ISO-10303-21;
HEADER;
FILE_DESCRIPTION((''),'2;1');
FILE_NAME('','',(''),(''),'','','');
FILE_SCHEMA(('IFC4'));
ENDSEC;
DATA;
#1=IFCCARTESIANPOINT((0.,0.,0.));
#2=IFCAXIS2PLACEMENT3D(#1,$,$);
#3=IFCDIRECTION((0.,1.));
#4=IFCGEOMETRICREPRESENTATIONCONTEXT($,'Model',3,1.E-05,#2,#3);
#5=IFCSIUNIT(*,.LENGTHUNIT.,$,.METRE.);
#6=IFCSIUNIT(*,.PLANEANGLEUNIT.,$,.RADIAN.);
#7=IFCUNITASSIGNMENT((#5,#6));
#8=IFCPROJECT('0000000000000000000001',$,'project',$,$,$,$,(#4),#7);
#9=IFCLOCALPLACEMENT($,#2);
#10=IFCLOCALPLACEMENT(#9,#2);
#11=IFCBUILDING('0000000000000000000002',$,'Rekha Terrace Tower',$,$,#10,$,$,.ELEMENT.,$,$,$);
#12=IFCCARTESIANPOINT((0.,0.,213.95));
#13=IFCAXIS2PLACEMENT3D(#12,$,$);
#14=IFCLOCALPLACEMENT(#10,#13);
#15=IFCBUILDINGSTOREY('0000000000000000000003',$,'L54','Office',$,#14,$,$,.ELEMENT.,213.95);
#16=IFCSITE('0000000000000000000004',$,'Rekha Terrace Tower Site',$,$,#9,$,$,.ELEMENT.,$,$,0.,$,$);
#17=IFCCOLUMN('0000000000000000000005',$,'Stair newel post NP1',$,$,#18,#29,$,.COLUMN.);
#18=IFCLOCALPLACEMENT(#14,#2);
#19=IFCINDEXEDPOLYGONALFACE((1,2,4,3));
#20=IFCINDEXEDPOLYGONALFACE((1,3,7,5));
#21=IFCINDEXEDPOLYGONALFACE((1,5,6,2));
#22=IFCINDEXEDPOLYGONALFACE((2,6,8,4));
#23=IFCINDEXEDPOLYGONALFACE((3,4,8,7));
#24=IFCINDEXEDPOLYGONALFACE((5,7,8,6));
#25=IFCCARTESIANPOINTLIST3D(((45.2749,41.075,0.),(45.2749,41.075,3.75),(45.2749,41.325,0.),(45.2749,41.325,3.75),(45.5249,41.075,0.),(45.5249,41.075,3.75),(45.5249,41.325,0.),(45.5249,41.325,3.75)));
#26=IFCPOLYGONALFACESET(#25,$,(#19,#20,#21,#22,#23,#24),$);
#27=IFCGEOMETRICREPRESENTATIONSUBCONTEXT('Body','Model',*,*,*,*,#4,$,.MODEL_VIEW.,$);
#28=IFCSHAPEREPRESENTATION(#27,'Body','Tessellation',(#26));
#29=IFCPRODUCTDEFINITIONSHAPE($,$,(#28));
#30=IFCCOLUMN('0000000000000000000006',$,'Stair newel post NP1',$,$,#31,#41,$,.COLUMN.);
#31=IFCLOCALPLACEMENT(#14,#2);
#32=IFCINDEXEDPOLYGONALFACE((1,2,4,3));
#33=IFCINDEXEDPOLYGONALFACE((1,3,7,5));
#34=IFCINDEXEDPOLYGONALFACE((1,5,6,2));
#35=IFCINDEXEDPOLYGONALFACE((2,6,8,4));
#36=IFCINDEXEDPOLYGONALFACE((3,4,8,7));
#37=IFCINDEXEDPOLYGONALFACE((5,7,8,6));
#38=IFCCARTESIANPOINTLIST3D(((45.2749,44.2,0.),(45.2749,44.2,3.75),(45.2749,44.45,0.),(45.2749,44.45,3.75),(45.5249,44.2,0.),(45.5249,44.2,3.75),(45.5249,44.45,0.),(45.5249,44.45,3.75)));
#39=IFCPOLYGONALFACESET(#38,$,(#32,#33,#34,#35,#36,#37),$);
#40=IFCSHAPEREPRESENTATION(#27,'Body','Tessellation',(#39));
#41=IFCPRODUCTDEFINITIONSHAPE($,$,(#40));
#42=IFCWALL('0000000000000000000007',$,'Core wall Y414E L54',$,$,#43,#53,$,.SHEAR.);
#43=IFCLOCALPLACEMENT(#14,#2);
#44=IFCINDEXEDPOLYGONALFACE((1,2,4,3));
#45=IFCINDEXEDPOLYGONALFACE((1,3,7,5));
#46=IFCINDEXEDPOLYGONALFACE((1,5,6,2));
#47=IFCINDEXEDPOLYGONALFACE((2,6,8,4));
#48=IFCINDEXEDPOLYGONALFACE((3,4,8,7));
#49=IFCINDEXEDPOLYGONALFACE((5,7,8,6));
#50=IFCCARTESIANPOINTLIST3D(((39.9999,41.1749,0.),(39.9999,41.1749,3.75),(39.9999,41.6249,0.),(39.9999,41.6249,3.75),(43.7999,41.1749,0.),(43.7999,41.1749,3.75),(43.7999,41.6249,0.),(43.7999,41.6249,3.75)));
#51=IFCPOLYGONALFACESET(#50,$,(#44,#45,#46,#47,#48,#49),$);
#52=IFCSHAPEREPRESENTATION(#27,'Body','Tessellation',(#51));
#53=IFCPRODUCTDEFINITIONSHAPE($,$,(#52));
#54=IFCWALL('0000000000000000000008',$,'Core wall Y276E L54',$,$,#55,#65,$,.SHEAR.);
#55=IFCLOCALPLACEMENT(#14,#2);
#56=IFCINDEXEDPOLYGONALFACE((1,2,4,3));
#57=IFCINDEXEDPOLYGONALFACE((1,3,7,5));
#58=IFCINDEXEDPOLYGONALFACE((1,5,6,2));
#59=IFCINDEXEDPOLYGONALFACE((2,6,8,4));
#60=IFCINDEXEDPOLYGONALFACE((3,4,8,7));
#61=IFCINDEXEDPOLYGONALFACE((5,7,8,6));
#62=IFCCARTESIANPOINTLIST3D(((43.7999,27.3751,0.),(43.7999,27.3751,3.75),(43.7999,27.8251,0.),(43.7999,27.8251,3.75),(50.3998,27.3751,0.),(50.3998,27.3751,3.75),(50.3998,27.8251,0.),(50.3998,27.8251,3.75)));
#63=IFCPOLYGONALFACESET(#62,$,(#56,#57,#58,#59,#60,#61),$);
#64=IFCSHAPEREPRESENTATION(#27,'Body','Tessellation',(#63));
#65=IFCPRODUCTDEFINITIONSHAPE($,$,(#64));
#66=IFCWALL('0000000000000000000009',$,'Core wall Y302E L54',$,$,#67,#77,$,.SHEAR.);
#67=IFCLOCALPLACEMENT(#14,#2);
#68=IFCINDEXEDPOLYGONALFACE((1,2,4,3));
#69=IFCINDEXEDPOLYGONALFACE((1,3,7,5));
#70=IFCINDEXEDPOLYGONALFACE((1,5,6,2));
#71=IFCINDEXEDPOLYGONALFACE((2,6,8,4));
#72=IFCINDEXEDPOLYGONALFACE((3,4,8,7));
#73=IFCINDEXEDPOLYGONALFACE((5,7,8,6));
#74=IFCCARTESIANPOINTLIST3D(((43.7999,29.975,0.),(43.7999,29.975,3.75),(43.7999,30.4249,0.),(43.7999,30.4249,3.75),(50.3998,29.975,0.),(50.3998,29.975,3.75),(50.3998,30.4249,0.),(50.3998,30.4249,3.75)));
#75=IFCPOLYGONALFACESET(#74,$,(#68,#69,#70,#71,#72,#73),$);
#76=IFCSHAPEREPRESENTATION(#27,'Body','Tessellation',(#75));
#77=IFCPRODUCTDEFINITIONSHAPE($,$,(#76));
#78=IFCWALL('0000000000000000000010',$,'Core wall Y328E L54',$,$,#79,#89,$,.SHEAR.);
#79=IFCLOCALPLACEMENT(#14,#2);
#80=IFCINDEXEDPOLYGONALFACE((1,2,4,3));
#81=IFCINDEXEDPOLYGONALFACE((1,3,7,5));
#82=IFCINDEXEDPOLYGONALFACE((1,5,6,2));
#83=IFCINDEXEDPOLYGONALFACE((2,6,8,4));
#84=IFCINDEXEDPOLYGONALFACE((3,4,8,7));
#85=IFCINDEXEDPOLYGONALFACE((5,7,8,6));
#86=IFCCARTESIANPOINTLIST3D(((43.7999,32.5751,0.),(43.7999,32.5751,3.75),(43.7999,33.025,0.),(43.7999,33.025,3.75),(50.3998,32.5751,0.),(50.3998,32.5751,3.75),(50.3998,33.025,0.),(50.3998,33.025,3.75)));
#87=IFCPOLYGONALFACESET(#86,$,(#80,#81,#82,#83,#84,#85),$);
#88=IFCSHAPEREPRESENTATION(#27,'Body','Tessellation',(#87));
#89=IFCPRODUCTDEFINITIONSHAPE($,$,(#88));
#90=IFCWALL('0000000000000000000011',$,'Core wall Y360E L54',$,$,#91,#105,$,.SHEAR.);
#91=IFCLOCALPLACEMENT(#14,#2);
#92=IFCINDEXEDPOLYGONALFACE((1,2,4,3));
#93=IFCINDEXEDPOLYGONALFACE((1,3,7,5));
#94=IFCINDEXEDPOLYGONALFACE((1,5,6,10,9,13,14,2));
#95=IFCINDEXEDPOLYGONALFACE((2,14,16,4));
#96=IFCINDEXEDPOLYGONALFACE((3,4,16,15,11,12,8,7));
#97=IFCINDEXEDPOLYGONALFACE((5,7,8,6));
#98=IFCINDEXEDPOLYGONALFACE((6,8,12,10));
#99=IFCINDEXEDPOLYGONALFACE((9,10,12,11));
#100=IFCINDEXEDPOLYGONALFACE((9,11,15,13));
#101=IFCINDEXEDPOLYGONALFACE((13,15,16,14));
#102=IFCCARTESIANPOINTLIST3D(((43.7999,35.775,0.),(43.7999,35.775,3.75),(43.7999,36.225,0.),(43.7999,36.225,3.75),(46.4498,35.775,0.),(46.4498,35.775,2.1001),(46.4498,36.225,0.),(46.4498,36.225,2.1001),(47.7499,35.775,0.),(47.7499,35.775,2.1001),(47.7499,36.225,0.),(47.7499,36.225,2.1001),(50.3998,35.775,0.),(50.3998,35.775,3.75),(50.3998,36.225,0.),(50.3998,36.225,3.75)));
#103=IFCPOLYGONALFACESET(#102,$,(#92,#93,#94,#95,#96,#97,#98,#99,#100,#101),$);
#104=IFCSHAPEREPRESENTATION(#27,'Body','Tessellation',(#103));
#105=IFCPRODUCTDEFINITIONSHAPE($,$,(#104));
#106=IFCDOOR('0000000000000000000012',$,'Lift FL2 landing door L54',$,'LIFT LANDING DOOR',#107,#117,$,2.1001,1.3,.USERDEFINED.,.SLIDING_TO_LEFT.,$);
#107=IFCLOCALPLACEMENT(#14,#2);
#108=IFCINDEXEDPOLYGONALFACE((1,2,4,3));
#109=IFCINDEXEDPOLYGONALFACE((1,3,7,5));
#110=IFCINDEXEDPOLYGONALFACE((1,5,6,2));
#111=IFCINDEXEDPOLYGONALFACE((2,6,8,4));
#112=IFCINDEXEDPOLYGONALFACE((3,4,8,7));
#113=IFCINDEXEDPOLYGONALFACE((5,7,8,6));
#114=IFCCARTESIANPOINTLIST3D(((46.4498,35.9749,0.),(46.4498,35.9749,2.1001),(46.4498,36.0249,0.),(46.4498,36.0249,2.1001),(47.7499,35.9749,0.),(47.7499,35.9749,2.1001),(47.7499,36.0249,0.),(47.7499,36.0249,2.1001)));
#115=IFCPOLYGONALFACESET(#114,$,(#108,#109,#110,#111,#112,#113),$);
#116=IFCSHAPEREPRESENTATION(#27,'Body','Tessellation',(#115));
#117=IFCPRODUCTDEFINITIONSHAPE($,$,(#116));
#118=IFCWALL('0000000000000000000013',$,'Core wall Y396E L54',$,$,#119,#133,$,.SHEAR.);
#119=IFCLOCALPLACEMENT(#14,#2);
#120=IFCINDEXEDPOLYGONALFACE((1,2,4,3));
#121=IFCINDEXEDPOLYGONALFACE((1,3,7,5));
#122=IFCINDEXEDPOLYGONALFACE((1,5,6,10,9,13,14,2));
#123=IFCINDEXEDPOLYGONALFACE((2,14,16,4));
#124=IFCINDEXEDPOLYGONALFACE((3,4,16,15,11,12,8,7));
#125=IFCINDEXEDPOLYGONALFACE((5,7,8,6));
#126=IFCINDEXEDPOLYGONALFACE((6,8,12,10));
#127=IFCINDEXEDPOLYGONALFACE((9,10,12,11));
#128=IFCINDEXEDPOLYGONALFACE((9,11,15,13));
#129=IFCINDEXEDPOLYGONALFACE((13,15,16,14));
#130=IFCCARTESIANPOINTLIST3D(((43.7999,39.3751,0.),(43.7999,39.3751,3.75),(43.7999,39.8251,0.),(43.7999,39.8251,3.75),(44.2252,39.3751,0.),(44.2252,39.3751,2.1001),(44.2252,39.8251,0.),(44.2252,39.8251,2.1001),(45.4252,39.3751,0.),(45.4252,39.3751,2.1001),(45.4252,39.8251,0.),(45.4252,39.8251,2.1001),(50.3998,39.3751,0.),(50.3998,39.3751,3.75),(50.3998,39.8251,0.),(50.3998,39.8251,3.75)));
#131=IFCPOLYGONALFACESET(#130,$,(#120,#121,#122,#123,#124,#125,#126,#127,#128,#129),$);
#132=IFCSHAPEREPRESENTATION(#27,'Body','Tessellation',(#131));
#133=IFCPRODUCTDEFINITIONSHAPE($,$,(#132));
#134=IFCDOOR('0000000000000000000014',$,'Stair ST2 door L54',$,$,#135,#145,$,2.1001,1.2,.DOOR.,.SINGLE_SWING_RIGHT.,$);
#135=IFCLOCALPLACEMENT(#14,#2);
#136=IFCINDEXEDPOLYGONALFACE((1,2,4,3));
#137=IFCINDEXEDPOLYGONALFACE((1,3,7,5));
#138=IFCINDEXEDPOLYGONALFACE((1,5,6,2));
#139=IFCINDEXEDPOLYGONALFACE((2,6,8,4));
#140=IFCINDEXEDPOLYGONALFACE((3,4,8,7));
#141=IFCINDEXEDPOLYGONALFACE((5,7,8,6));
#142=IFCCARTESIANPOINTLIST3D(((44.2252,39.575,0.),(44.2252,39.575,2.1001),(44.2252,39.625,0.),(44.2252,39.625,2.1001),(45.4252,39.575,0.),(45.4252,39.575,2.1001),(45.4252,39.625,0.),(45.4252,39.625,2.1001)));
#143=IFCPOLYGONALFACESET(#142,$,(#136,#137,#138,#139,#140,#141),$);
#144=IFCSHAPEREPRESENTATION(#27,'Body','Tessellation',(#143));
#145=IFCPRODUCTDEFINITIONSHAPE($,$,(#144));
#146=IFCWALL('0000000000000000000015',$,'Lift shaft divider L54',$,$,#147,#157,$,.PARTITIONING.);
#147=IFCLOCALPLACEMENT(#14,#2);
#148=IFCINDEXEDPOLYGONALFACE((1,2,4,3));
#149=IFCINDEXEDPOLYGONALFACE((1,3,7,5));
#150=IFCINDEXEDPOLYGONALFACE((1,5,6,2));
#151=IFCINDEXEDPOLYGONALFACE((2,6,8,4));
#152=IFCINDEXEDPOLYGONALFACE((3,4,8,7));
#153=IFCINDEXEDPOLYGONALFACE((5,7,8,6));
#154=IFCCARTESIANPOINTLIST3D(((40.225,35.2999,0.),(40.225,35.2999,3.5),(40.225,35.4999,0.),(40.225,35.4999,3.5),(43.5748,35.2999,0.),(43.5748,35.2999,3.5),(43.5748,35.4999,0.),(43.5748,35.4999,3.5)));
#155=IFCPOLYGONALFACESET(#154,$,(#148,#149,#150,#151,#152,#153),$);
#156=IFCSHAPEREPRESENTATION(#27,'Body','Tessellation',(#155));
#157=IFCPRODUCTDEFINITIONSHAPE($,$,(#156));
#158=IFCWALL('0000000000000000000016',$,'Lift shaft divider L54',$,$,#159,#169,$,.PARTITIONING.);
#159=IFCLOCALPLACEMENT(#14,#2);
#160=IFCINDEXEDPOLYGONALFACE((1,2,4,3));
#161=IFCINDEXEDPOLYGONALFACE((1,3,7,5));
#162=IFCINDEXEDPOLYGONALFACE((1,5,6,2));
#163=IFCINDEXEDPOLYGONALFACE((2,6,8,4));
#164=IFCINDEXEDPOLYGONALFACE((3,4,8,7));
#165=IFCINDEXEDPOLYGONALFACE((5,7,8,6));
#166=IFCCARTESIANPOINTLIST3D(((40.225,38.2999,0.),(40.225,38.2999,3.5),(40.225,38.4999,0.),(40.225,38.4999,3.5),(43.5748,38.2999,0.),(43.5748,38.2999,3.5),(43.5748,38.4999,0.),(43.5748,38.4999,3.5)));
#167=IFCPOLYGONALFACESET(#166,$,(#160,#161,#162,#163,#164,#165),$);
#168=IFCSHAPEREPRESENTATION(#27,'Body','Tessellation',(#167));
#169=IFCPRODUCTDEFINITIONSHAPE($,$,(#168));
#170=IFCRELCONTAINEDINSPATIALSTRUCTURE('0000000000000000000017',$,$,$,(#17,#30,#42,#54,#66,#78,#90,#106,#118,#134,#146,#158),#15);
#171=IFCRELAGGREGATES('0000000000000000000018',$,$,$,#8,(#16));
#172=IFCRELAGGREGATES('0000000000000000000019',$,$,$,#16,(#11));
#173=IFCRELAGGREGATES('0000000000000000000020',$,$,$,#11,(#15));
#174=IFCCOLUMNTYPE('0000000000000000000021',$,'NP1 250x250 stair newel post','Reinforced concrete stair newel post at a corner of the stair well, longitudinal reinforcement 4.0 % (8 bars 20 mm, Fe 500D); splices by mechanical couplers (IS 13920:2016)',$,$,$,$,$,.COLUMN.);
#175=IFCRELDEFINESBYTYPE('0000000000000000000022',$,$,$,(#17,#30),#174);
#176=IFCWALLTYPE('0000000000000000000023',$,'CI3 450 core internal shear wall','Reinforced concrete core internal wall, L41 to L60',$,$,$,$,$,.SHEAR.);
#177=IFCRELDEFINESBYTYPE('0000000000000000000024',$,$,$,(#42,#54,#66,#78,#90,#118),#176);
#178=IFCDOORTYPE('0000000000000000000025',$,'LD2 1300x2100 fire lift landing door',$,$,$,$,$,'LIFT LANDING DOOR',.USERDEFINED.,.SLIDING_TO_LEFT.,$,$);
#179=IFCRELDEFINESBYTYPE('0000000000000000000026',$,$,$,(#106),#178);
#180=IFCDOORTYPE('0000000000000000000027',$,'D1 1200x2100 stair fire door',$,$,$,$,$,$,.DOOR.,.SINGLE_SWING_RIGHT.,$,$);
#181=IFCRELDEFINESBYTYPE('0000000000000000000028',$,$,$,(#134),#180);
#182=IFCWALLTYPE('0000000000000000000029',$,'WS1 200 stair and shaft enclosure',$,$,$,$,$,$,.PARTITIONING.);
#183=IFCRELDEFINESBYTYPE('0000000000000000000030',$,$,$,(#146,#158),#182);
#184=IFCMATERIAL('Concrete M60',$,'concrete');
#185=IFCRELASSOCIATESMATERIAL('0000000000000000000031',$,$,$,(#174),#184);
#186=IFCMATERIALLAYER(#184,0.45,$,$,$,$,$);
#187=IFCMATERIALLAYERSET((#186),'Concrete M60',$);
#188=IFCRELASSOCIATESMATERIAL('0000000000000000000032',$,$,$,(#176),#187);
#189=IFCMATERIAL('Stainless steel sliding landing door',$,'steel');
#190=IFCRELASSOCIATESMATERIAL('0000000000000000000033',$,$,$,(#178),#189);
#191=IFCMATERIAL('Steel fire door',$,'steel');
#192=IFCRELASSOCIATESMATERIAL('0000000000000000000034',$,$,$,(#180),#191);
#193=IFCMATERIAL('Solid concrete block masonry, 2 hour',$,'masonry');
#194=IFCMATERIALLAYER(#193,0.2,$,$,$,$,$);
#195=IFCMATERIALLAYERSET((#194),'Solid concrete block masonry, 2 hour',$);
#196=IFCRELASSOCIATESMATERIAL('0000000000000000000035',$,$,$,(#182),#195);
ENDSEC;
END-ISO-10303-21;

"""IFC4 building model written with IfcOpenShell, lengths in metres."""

from ifc_helpers import new_model, si_unit, direction, frame, frame_2d, origin, origin_2d, place, context, subcontext, project, spatial, rectangle, extrude, material, layer, layer_set, material_profile, profile_set, type_object, element, fill, save


model = new_model("IFC4")

# Units and contexts
model_context = context("Model", 3, precision=1e-05, world=origin(), true_north=direction((0.0, 1.0)))
body_context = subcontext(model_context, "Body", "Model", "MODEL_VIEW")
ifc_project = project(units=[si_unit("LENGTHUNIT", "METRE"), si_unit("PLANEANGLEUNIT", "RADIAN")], contexts=[model_context])

# Site, building, storey
site_placement = place(None, origin())
site = spatial("IfcSite", under=ifc_project, at=site_placement, Name="Rekha Terrace Tower Site", CompositionType="ELEMENT", RefElevation=0.0)
building_placement = place(site_placement, origin())
building = spatial("IfcBuilding", under=site, at=building_placement, Name="Rekha Terrace Tower", CompositionType="ELEMENT")
storey_placement = place(building_placement, frame((0.0, 0.0, 213.95)))
storey = spatial("IfcBuildingStorey", under=building, at=storey_placement, Name="L54", Description="Office", CompositionType="ELEMENT", Elevation=213.95)

# Columns
ifc_material_1 = material(Name="Concrete M60", Category="concrete")
ifc_material_profile = material_profile(ifc_material_1, rectangle(XDim=0.25, YDim=0.25, at=origin_2d()), Name="RC 250x250")
ifc_profile_set = profile_set([ifc_material_profile], Name="Concrete M60")
column_type = type_object("IfcColumnType", Name="NP1 250x250 stair newel post", Description="Reinforced concrete stair newel post at a corner of the stair well, longitudinal reinforcement 4.0 % (8 bars 20 mm, Fe 500D); splices by mechanical couplers (IS 13920:2016)", PredefinedType="COLUMN", material=ifc_profile_set)
for number, where, z_axis, x_axis, name in (
    (1, (45.3999, 41.2, 0.0), (0.0, 0.0, 1.0), (1.0, 0.0, 0.0), "Stair newel post NP1"),
    (2, (45.3999, 44.325, 0.0), (0.0, 0.0, 1.0), (1.0, 0.0, 0.0), "Stair newel post NP1"),
):
    element("IfcColumn", number, at=place(storey_placement, frame(where, z_axis=z_axis, x_axis=x_axis)), inside=storey, type_object=column_type, Name=name, PredefinedType="COLUMN", context=body_context, shape_type="SweptSolid", body=[
        extrude(rectangle(XDim=0.25, YDim=0.25, at=origin_2d()), origin(), (0.0, 0.0, 1.0), 3.75),
    ])

# Walls
ifc_layer_1 = layer(ifc_material_1, 0.45)
ifc_layer_set_1 = layer_set([ifc_layer_1], Name="Concrete M60")
wall_type_1 = type_object("IfcWallType", Name="CI3 450 core internal shear wall", Description="Reinforced concrete core internal wall, L41 to L60", PredefinedType="SHEAR", material=ifc_layer_set_1)
wall_1_placement = place(storey_placement, frame((40.0, 41.3999, 0.0), z_axis=(0.0, 0.0, 1.0), x_axis=(1.0, 0.0, 0.0)))
element("IfcWall", 3, at=wall_1_placement, inside=storey, type_object=wall_type_1, Name="Core wall Y414E L54", PredefinedType="SHEAR", context=body_context, shape_type="SweptSolid", body=[
    extrude(rectangle(XDim=3.8, YDim=0.45, at=frame_2d((1.8999, 0.0))), origin(), (0.0, 0.0, 1.0), 3.75),
])
for number, where, z_axis, x_axis, name in (
    (4, (43.8, 27.6001, 0.0), (0.0, 0.0, 1.0), (1.0, 0.0, 0.0), "Core wall Y276E L54"),
    (5, (43.8, 30.2, 0.0), (0.0, 0.0, 1.0), (1.0, 0.0, 0.0), "Core wall Y302E L54"),
    (6, (43.8, 32.8, 0.0), (0.0, 0.0, 1.0), (1.0, 0.0, 0.0), "Core wall Y328E L54"),
):
    element("IfcWall", number, at=place(storey_placement, frame(where, z_axis=z_axis, x_axis=x_axis)), inside=storey, type_object=wall_type_1, Name=name, PredefinedType="SHEAR", context=body_context, shape_type="SweptSolid", body=[
        extrude(rectangle(XDim=6.5999, YDim=0.45, at=frame_2d((3.2998, 0.0))), origin(), (0.0, 0.0, 1.0), 3.75),
    ])

# Walls, openings, doors
wall_2_placement = place(storey_placement, frame((43.8, 36.0, 0.0), z_axis=(0.0, 0.0, 1.0), x_axis=(1.0, 0.0, 0.0)))
wall_2 = element("IfcWall", 7, at=wall_2_placement, inside=storey, type_object=wall_type_1, Name="Core wall Y360E L54", PredefinedType="SHEAR", context=body_context, shape_type="SweptSolid", body=[
    extrude(rectangle(XDim=6.5999, YDim=0.45, at=frame_2d((3.2998, 0.0))), origin(), (0.0, 0.0, 1.0), 3.75),
])
opening_1_placement = place(wall_2_placement, frame((2.6499, 0.0, 0.0)))
opening_1 = element("IfcOpeningElement", 8, at=opening_1_placement, cuts=wall_2, PredefinedType="OPENING", context=body_context, shape_type="SweptSolid", body=[
    extrude(rectangle(XDim=1.3, YDim=2.1001, at=frame_2d((0.6499, 1.05))), frame((0.0, 0.2349, 0.0), z_axis=(0.0, -1.0, 0.0), x_axis=(1.0, 0.0, 0.0)), (0.0, 0.0, 1.0), 0.47),
])
ifc_material_2 = material(Name="Stainless steel sliding landing door", Category="steel")
door_type_1 = type_object("IfcDoorType", Name="LD2 1300x2100 fire lift landing door", ElementType="LIFT LANDING DOOR", OperationType="SLIDING_TO_LEFT", PredefinedType="USERDEFINED", material=ifc_material_2)
door_1_placement = place(opening_1_placement, origin())
door_1 = element("IfcDoor", 9, at=door_1_placement, inside=storey, type_object=door_type_1, Name="Lift FL2 landing door L54", ObjectType="LIFT LANDING DOOR", OperationType="SLIDING_TO_LEFT", OverallHeight=2.1001, OverallWidth=1.3, PredefinedType="USERDEFINED", context=body_context, shape_type="SweptSolid", body=[
    extrude(rectangle(XDim=1.3, YDim=2.1001, at=frame_2d((0.6499, 1.05))), frame((0.0, 0.0249, 0.0), z_axis=(0.0, -1.0, 0.0), x_axis=(1.0, 0.0, 0.0)), (0.0, 0.0, 1.0), 0.05),
])
fill(opening_1, door_1)
wall_3_placement = place(storey_placement, frame((43.8, 39.6001, 0.0), z_axis=(0.0, 0.0, 1.0), x_axis=(1.0, 0.0, 0.0)))
wall_3 = element("IfcWall", 10, at=wall_3_placement, inside=storey, type_object=wall_type_1, Name="Core wall Y396E L54", PredefinedType="SHEAR", context=body_context, shape_type="SweptSolid", body=[
    extrude(rectangle(XDim=6.5999, YDim=0.45, at=frame_2d((3.2998, 0.0))), origin(), (0.0, 0.0, 1.0), 3.75),
])
opening_2_placement = place(wall_3_placement, frame((0.425, 0.0, 0.0)))
opening_2 = element("IfcOpeningElement", 11, at=opening_2_placement, cuts=wall_3, PredefinedType="OPENING", context=body_context, shape_type="SweptSolid", body=[
    extrude(rectangle(XDim=1.2, YDim=2.1001, at=frame_2d((0.6001, 1.05))), frame((0.0, 0.2349, 0.0), z_axis=(0.0, -1.0, 0.0), x_axis=(1.0, 0.0, 0.0)), (0.0, 0.0, 1.0), 0.47),
])
ifc_material_3 = material(Name="Steel fire door", Category="steel")
door_type_2 = type_object("IfcDoorType", Name="D1 1200x2100 stair fire door", OperationType="SINGLE_SWING_RIGHT", PredefinedType="DOOR", material=ifc_material_3)
door_2_placement = place(opening_2_placement, origin())
door_2 = element("IfcDoor", 12, at=door_2_placement, inside=storey, type_object=door_type_2, Name="Stair ST2 door L54", OperationType="SINGLE_SWING_RIGHT", OverallHeight=2.1001, OverallWidth=1.2, PredefinedType="DOOR", context=body_context, shape_type="SweptSolid", body=[
    extrude(rectangle(XDim=1.2, YDim=2.1001, at=frame_2d((0.6001, 1.05))), frame((0.0, 0.0249, 0.0), z_axis=(0.0, -1.0, 0.0), x_axis=(1.0, 0.0, 0.0)), (0.0, 0.0, 1.0), 0.05),
])
fill(opening_2, door_2)

# Walls
ifc_material_4 = material(Name="Solid concrete block masonry, 2 hour", Category="masonry")
ifc_layer_2 = layer(ifc_material_4, 0.2)
ifc_layer_set_2 = layer_set([ifc_layer_2], Name="Solid concrete block masonry, 2 hour")
wall_type_2 = type_object("IfcWallType", Name="WS1 200 stair and shaft enclosure", PredefinedType="PARTITIONING", material=ifc_layer_set_2)
for number, where, z_axis, x_axis, name in (
    (13, (40.2251, 35.3999, 0.0), (0.0, 0.0, 1.0), (1.0, 0.0, 0.0), "Lift shaft divider L54"),
    (14, (40.2251, 38.3999, 0.0), (0.0, 0.0, 1.0), (1.0, 0.0, 0.0), "Lift shaft divider L54"),
):
    element("IfcWall", number, at=place(storey_placement, frame(where, z_axis=z_axis, x_axis=x_axis)), inside=storey, type_object=wall_type_2, Name=name, PredefinedType="PARTITIONING", context=body_context, shape_type="SweptSolid", body=[
        extrude(rectangle(XDim=3.3499, YDim=0.2, at=frame_2d((1.6748, 0.0))), origin(), (0.0, 0.0, 1.0), 3.5),
    ])

save(model, "model.ifc")
